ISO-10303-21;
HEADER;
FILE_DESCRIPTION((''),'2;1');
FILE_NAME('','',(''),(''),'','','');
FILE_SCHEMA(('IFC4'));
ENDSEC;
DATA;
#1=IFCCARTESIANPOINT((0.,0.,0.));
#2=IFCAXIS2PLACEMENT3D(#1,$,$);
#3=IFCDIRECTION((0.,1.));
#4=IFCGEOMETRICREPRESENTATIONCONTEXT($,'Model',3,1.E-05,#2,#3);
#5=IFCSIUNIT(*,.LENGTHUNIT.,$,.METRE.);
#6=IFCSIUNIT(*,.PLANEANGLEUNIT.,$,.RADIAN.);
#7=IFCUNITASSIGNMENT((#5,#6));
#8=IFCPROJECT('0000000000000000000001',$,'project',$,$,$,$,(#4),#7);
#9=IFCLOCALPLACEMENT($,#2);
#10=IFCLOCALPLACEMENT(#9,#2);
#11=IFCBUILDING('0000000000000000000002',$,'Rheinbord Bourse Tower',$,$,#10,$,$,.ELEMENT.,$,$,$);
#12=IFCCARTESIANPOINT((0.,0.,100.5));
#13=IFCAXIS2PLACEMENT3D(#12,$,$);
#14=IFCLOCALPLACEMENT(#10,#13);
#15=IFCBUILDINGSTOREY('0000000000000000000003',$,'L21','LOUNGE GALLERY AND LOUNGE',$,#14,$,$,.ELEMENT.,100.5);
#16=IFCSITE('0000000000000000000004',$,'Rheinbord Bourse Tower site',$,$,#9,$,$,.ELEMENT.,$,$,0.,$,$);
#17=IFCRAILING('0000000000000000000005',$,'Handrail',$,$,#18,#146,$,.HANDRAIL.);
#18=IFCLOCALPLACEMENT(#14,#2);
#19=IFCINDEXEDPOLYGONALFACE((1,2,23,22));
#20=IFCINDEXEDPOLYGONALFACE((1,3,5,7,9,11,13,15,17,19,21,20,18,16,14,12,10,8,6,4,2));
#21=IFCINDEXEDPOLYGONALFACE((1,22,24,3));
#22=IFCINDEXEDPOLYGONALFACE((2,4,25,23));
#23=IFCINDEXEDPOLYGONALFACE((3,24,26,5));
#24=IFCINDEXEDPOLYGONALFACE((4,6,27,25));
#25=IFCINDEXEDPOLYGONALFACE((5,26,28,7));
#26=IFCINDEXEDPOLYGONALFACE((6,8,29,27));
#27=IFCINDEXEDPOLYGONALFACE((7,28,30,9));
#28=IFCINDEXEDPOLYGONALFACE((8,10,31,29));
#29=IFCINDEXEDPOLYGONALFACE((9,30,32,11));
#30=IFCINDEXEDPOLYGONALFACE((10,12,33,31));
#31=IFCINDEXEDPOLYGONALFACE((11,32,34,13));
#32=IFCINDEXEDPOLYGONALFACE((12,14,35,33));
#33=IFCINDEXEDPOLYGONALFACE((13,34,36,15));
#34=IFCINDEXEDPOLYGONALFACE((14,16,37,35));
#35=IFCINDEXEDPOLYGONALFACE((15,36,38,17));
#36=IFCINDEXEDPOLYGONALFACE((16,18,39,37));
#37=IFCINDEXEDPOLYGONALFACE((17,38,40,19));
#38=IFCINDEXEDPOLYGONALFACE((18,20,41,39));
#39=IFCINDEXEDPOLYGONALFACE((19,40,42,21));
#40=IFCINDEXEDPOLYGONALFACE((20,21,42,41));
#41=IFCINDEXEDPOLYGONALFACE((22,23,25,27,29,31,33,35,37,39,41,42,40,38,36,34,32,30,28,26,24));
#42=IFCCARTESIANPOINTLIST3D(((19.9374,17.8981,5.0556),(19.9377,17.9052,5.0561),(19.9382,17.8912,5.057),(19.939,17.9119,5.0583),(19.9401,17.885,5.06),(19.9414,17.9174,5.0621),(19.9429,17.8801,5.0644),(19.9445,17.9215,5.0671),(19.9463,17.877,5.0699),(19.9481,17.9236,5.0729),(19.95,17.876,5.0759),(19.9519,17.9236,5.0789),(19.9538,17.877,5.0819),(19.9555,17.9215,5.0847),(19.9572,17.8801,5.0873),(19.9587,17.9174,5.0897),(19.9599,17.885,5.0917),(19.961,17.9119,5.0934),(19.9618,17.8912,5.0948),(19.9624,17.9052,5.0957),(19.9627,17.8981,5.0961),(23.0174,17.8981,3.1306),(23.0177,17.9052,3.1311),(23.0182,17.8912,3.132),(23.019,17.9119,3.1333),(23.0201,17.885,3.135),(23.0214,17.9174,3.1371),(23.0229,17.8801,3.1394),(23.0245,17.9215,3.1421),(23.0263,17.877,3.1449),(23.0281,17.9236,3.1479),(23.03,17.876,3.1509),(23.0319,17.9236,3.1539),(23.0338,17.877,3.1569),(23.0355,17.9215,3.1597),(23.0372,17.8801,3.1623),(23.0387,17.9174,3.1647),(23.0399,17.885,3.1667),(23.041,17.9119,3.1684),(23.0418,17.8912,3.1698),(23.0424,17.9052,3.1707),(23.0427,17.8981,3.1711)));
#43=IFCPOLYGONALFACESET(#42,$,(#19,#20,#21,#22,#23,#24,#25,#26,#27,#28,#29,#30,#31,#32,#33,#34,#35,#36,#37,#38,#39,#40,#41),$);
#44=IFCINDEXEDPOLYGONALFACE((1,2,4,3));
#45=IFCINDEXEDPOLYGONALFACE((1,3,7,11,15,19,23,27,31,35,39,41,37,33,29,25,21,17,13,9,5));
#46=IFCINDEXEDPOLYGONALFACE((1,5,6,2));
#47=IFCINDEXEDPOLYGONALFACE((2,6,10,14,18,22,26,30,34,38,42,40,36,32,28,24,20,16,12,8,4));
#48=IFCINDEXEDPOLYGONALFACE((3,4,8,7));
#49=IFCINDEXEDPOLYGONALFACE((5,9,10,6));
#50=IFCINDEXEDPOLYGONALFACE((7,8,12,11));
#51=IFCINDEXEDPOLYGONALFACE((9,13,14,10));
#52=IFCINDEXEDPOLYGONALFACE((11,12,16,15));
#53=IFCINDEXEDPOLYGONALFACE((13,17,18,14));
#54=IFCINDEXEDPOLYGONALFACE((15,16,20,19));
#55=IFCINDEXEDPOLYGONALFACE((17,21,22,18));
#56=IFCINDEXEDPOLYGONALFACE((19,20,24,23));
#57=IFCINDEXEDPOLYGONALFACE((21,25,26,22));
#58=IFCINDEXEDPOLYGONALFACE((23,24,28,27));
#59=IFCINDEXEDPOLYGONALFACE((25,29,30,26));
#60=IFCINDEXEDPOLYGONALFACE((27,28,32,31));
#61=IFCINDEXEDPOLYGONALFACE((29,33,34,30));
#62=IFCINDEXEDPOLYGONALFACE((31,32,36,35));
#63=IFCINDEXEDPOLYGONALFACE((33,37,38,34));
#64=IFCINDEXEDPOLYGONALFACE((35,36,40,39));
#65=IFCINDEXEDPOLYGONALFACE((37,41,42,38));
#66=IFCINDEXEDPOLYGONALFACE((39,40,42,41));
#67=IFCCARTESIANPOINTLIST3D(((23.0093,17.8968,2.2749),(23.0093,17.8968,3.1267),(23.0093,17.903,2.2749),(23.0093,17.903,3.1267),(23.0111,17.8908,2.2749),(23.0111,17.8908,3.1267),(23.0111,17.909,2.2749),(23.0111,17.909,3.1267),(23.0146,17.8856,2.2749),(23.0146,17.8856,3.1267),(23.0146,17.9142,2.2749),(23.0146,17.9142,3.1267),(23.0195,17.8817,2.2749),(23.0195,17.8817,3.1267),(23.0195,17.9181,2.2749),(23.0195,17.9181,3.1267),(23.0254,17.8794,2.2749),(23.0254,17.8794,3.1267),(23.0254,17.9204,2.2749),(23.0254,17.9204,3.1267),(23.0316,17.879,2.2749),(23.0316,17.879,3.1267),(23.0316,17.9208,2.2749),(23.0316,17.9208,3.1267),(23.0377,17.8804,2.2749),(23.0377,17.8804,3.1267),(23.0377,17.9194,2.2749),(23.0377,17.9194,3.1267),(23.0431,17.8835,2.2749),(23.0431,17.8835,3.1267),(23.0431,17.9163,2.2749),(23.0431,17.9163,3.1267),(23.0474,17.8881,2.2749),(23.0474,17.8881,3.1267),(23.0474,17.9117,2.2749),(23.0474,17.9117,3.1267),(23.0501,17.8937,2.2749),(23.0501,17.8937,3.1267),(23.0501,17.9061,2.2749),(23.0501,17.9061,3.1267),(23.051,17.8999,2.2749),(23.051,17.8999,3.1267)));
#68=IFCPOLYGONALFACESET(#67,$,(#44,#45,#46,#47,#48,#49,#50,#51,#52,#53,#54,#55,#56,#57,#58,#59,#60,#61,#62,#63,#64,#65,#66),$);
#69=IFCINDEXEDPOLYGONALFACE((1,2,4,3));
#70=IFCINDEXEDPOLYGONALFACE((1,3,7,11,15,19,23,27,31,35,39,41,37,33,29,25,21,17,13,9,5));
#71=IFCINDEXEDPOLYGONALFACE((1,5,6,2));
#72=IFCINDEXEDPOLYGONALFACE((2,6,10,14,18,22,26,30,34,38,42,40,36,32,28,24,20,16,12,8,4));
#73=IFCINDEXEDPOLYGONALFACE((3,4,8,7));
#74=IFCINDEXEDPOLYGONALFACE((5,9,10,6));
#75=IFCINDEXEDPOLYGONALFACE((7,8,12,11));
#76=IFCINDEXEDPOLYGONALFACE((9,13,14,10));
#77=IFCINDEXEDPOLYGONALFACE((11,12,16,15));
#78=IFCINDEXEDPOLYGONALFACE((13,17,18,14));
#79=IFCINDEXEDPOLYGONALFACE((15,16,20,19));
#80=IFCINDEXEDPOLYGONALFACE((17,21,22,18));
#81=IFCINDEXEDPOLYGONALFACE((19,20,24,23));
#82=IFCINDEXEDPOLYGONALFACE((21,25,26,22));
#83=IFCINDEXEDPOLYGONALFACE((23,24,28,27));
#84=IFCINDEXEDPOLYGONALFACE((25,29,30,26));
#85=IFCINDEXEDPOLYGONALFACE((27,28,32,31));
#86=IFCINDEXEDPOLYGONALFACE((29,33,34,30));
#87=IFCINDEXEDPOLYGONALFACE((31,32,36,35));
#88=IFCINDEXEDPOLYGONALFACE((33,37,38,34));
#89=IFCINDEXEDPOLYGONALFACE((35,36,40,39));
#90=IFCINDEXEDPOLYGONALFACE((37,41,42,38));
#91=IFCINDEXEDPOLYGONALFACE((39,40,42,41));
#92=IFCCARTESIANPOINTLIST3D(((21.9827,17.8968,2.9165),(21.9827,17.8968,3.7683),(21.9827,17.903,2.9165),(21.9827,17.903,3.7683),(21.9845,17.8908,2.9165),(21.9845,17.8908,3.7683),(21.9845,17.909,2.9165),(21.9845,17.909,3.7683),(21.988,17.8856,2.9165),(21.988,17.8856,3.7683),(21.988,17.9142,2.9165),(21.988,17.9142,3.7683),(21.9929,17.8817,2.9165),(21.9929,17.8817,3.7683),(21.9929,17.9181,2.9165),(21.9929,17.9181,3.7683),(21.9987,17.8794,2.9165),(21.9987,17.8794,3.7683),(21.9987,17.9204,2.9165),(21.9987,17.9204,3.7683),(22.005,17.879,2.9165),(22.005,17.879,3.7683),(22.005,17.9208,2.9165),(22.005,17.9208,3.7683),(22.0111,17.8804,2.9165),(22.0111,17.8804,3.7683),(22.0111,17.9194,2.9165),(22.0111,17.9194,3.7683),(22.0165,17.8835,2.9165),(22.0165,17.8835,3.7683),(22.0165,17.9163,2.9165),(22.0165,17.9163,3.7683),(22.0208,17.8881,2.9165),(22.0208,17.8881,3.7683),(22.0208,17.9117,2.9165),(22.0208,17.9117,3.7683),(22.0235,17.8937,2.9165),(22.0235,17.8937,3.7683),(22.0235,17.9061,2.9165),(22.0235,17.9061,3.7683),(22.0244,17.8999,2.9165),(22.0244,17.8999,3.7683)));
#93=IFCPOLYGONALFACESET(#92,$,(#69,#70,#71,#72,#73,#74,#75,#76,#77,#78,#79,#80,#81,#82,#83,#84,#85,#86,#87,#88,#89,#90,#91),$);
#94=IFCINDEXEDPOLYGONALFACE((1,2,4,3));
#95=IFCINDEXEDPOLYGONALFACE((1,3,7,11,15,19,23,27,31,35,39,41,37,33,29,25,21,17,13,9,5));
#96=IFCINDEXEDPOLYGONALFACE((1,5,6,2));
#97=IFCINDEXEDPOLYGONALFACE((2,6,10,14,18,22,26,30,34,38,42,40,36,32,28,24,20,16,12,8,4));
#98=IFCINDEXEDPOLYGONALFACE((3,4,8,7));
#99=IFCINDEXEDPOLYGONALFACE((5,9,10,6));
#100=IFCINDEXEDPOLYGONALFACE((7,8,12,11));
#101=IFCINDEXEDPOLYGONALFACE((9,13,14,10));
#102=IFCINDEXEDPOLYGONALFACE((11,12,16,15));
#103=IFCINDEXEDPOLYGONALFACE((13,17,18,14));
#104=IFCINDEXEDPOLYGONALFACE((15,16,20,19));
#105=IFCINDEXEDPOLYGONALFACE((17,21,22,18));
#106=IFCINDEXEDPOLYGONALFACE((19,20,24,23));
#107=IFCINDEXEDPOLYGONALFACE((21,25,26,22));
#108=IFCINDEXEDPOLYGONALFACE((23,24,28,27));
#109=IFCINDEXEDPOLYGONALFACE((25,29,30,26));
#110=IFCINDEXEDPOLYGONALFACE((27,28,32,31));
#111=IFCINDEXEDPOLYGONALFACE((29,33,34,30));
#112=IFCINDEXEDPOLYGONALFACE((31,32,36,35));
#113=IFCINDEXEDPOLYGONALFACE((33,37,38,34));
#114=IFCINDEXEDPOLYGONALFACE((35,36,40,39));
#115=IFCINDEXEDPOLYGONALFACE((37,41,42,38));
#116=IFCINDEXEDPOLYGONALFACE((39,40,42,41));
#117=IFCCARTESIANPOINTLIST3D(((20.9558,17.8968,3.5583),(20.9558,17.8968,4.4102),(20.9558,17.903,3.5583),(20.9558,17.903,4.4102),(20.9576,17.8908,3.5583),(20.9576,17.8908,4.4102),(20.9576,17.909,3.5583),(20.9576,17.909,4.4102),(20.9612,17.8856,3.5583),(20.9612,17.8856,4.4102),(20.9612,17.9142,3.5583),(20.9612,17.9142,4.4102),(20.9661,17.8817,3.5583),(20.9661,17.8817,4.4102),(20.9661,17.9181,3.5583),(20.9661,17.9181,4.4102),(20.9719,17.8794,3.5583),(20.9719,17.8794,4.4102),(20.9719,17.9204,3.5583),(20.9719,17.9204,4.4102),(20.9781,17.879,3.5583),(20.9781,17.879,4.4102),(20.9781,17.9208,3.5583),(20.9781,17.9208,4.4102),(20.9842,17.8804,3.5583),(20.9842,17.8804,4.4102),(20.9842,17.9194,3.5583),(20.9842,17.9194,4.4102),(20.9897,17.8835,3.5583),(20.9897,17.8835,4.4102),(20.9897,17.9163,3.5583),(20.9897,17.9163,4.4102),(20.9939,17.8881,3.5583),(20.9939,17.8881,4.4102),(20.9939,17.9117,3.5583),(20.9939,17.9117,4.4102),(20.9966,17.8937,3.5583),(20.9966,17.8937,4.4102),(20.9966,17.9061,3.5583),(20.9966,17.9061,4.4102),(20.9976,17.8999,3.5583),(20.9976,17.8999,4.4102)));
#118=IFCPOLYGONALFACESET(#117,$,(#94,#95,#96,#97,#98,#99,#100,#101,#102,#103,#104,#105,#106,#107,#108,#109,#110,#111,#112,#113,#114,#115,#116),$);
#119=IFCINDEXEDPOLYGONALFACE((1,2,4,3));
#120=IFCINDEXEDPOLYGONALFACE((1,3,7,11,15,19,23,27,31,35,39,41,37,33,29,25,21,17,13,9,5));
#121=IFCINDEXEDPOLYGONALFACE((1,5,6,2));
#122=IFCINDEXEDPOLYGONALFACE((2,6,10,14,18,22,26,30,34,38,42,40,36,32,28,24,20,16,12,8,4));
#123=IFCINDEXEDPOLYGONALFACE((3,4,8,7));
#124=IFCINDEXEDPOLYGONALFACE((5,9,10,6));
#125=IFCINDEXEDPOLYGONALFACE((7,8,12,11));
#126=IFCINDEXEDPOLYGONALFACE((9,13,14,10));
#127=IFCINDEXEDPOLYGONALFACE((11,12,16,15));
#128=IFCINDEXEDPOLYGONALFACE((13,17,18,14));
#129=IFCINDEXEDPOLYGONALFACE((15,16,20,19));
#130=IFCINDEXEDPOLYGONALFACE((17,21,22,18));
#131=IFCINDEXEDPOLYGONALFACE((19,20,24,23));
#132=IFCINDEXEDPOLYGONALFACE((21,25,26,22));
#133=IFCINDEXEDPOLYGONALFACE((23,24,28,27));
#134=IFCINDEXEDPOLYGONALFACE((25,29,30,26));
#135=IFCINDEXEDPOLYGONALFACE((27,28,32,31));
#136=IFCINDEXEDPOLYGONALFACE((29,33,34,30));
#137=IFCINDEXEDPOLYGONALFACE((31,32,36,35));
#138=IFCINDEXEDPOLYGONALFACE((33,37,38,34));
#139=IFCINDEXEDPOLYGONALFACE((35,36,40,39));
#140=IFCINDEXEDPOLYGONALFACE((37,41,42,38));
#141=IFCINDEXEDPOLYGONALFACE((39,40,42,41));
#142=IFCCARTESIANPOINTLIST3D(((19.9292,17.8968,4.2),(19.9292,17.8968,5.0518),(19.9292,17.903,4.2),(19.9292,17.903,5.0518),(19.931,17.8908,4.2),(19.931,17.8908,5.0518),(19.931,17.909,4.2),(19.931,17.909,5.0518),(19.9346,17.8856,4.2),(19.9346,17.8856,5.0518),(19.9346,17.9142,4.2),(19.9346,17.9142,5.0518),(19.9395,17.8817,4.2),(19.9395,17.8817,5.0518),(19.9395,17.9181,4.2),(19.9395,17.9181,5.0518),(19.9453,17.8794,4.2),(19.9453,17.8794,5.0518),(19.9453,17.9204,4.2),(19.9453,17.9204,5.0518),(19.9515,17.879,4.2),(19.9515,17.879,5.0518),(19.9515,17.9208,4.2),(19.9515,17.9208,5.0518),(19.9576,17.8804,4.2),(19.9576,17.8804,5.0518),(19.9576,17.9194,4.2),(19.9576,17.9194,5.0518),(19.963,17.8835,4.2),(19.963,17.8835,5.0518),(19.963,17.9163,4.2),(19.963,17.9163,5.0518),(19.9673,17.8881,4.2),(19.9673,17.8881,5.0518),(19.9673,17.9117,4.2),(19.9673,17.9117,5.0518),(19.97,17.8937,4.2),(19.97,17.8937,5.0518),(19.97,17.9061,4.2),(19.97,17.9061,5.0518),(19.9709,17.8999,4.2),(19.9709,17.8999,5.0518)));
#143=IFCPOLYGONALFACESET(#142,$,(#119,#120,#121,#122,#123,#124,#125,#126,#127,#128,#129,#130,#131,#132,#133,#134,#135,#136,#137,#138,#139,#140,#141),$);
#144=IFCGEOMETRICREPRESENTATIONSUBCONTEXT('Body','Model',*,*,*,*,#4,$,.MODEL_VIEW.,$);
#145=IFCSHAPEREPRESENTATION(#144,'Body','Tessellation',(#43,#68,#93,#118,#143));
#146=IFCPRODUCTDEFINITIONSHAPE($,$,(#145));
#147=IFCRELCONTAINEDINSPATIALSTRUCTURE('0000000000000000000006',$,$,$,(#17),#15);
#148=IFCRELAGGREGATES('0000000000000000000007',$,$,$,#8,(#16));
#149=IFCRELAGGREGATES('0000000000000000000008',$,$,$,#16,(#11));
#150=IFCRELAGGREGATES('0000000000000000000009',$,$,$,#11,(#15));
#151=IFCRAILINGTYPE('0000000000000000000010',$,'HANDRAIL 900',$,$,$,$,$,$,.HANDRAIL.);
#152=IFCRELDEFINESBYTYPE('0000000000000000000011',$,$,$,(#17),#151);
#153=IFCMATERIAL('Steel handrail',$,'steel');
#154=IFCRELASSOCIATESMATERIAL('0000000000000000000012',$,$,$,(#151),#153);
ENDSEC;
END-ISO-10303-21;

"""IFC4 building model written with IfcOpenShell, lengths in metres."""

from ifc_helpers import new_model, si_unit, direction, frame, origin, origin_2d, place, context, subcontext, project, spatial, circle, extrude, material, type_object, element, save


model = new_model("IFC4")

# Units and contexts
model_context = context("Model", 3, precision=1e-05, world=origin(), true_north=direction((0.0, 1.0)))
body_context = subcontext(model_context, "Body", "Model", "MODEL_VIEW")
ifc_project = project(units=[si_unit("LENGTHUNIT", "METRE"), si_unit("PLANEANGLEUNIT", "RADIAN")], contexts=[model_context])

# Site, building, storey
site_placement = place(None, origin())
site = spatial("IfcSite", under=ifc_project, at=site_placement, Name="Rheinbord Bourse Tower site", CompositionType="ELEMENT", RefElevation=0.0)
building_placement = place(site_placement, origin())
building = spatial("IfcBuilding", under=site, at=building_placement, Name="Rheinbord Bourse Tower", CompositionType="ELEMENT")
storey_placement = place(building_placement, frame((0.0, 0.0, 100.5)))
storey = spatial("IfcBuildingStorey", under=building, at=storey_placement, Name="L21", Description="LOUNGE GALLERY AND LOUNGE", CompositionType="ELEMENT", Elevation=100.5)

# Railing
ifc_material_1 = material(Name="Steel handrail", Category="steel")
railing_type = type_object("IfcRailingType", Name="HANDRAIL 900", PredefinedType="HANDRAIL", material=ifc_material_1)
railing_1_placement = place(storey_placement, frame((23.03, 17.8999, 2.2749)))
element("IfcRailing", 1, at=railing_1_placement, inside=storey, type_object=railing_type, Name="Handrail", PredefinedType="HANDRAIL", context=body_context, shape_type="SweptSolid", body=[
    extrude(circle(Radius=0.0239, at=origin_2d()), frame((0.0, 0.0, 0.876), z_axis=(-0.847998, 0.0, 0.529999), x_axis=(0.0, -1.0, 0.0)), (0.0, 0.0, 1.0), 3.6321),
    extrude(circle(Radius=0.021, at=origin_2d()), origin(), (0.0, 0.0, 1.0), 0.8518),
    extrude(circle(Radius=0.021, at=origin_2d()), frame((-1.0266, 0.0, 0.6416)), (0.0, 0.0, 1.0), 0.8518),
    extrude(circle(Radius=0.021, at=origin_2d()), frame((-2.0535, 0.0, 1.2834)), (0.0, 0.0, 1.0), 0.8518),
    extrude(circle(Radius=0.021, at=origin_2d()), frame((-3.0801, 0.0, 1.925)), (0.0, 0.0, 1.0), 0.8518),
])

save(model, "model.ifc")
